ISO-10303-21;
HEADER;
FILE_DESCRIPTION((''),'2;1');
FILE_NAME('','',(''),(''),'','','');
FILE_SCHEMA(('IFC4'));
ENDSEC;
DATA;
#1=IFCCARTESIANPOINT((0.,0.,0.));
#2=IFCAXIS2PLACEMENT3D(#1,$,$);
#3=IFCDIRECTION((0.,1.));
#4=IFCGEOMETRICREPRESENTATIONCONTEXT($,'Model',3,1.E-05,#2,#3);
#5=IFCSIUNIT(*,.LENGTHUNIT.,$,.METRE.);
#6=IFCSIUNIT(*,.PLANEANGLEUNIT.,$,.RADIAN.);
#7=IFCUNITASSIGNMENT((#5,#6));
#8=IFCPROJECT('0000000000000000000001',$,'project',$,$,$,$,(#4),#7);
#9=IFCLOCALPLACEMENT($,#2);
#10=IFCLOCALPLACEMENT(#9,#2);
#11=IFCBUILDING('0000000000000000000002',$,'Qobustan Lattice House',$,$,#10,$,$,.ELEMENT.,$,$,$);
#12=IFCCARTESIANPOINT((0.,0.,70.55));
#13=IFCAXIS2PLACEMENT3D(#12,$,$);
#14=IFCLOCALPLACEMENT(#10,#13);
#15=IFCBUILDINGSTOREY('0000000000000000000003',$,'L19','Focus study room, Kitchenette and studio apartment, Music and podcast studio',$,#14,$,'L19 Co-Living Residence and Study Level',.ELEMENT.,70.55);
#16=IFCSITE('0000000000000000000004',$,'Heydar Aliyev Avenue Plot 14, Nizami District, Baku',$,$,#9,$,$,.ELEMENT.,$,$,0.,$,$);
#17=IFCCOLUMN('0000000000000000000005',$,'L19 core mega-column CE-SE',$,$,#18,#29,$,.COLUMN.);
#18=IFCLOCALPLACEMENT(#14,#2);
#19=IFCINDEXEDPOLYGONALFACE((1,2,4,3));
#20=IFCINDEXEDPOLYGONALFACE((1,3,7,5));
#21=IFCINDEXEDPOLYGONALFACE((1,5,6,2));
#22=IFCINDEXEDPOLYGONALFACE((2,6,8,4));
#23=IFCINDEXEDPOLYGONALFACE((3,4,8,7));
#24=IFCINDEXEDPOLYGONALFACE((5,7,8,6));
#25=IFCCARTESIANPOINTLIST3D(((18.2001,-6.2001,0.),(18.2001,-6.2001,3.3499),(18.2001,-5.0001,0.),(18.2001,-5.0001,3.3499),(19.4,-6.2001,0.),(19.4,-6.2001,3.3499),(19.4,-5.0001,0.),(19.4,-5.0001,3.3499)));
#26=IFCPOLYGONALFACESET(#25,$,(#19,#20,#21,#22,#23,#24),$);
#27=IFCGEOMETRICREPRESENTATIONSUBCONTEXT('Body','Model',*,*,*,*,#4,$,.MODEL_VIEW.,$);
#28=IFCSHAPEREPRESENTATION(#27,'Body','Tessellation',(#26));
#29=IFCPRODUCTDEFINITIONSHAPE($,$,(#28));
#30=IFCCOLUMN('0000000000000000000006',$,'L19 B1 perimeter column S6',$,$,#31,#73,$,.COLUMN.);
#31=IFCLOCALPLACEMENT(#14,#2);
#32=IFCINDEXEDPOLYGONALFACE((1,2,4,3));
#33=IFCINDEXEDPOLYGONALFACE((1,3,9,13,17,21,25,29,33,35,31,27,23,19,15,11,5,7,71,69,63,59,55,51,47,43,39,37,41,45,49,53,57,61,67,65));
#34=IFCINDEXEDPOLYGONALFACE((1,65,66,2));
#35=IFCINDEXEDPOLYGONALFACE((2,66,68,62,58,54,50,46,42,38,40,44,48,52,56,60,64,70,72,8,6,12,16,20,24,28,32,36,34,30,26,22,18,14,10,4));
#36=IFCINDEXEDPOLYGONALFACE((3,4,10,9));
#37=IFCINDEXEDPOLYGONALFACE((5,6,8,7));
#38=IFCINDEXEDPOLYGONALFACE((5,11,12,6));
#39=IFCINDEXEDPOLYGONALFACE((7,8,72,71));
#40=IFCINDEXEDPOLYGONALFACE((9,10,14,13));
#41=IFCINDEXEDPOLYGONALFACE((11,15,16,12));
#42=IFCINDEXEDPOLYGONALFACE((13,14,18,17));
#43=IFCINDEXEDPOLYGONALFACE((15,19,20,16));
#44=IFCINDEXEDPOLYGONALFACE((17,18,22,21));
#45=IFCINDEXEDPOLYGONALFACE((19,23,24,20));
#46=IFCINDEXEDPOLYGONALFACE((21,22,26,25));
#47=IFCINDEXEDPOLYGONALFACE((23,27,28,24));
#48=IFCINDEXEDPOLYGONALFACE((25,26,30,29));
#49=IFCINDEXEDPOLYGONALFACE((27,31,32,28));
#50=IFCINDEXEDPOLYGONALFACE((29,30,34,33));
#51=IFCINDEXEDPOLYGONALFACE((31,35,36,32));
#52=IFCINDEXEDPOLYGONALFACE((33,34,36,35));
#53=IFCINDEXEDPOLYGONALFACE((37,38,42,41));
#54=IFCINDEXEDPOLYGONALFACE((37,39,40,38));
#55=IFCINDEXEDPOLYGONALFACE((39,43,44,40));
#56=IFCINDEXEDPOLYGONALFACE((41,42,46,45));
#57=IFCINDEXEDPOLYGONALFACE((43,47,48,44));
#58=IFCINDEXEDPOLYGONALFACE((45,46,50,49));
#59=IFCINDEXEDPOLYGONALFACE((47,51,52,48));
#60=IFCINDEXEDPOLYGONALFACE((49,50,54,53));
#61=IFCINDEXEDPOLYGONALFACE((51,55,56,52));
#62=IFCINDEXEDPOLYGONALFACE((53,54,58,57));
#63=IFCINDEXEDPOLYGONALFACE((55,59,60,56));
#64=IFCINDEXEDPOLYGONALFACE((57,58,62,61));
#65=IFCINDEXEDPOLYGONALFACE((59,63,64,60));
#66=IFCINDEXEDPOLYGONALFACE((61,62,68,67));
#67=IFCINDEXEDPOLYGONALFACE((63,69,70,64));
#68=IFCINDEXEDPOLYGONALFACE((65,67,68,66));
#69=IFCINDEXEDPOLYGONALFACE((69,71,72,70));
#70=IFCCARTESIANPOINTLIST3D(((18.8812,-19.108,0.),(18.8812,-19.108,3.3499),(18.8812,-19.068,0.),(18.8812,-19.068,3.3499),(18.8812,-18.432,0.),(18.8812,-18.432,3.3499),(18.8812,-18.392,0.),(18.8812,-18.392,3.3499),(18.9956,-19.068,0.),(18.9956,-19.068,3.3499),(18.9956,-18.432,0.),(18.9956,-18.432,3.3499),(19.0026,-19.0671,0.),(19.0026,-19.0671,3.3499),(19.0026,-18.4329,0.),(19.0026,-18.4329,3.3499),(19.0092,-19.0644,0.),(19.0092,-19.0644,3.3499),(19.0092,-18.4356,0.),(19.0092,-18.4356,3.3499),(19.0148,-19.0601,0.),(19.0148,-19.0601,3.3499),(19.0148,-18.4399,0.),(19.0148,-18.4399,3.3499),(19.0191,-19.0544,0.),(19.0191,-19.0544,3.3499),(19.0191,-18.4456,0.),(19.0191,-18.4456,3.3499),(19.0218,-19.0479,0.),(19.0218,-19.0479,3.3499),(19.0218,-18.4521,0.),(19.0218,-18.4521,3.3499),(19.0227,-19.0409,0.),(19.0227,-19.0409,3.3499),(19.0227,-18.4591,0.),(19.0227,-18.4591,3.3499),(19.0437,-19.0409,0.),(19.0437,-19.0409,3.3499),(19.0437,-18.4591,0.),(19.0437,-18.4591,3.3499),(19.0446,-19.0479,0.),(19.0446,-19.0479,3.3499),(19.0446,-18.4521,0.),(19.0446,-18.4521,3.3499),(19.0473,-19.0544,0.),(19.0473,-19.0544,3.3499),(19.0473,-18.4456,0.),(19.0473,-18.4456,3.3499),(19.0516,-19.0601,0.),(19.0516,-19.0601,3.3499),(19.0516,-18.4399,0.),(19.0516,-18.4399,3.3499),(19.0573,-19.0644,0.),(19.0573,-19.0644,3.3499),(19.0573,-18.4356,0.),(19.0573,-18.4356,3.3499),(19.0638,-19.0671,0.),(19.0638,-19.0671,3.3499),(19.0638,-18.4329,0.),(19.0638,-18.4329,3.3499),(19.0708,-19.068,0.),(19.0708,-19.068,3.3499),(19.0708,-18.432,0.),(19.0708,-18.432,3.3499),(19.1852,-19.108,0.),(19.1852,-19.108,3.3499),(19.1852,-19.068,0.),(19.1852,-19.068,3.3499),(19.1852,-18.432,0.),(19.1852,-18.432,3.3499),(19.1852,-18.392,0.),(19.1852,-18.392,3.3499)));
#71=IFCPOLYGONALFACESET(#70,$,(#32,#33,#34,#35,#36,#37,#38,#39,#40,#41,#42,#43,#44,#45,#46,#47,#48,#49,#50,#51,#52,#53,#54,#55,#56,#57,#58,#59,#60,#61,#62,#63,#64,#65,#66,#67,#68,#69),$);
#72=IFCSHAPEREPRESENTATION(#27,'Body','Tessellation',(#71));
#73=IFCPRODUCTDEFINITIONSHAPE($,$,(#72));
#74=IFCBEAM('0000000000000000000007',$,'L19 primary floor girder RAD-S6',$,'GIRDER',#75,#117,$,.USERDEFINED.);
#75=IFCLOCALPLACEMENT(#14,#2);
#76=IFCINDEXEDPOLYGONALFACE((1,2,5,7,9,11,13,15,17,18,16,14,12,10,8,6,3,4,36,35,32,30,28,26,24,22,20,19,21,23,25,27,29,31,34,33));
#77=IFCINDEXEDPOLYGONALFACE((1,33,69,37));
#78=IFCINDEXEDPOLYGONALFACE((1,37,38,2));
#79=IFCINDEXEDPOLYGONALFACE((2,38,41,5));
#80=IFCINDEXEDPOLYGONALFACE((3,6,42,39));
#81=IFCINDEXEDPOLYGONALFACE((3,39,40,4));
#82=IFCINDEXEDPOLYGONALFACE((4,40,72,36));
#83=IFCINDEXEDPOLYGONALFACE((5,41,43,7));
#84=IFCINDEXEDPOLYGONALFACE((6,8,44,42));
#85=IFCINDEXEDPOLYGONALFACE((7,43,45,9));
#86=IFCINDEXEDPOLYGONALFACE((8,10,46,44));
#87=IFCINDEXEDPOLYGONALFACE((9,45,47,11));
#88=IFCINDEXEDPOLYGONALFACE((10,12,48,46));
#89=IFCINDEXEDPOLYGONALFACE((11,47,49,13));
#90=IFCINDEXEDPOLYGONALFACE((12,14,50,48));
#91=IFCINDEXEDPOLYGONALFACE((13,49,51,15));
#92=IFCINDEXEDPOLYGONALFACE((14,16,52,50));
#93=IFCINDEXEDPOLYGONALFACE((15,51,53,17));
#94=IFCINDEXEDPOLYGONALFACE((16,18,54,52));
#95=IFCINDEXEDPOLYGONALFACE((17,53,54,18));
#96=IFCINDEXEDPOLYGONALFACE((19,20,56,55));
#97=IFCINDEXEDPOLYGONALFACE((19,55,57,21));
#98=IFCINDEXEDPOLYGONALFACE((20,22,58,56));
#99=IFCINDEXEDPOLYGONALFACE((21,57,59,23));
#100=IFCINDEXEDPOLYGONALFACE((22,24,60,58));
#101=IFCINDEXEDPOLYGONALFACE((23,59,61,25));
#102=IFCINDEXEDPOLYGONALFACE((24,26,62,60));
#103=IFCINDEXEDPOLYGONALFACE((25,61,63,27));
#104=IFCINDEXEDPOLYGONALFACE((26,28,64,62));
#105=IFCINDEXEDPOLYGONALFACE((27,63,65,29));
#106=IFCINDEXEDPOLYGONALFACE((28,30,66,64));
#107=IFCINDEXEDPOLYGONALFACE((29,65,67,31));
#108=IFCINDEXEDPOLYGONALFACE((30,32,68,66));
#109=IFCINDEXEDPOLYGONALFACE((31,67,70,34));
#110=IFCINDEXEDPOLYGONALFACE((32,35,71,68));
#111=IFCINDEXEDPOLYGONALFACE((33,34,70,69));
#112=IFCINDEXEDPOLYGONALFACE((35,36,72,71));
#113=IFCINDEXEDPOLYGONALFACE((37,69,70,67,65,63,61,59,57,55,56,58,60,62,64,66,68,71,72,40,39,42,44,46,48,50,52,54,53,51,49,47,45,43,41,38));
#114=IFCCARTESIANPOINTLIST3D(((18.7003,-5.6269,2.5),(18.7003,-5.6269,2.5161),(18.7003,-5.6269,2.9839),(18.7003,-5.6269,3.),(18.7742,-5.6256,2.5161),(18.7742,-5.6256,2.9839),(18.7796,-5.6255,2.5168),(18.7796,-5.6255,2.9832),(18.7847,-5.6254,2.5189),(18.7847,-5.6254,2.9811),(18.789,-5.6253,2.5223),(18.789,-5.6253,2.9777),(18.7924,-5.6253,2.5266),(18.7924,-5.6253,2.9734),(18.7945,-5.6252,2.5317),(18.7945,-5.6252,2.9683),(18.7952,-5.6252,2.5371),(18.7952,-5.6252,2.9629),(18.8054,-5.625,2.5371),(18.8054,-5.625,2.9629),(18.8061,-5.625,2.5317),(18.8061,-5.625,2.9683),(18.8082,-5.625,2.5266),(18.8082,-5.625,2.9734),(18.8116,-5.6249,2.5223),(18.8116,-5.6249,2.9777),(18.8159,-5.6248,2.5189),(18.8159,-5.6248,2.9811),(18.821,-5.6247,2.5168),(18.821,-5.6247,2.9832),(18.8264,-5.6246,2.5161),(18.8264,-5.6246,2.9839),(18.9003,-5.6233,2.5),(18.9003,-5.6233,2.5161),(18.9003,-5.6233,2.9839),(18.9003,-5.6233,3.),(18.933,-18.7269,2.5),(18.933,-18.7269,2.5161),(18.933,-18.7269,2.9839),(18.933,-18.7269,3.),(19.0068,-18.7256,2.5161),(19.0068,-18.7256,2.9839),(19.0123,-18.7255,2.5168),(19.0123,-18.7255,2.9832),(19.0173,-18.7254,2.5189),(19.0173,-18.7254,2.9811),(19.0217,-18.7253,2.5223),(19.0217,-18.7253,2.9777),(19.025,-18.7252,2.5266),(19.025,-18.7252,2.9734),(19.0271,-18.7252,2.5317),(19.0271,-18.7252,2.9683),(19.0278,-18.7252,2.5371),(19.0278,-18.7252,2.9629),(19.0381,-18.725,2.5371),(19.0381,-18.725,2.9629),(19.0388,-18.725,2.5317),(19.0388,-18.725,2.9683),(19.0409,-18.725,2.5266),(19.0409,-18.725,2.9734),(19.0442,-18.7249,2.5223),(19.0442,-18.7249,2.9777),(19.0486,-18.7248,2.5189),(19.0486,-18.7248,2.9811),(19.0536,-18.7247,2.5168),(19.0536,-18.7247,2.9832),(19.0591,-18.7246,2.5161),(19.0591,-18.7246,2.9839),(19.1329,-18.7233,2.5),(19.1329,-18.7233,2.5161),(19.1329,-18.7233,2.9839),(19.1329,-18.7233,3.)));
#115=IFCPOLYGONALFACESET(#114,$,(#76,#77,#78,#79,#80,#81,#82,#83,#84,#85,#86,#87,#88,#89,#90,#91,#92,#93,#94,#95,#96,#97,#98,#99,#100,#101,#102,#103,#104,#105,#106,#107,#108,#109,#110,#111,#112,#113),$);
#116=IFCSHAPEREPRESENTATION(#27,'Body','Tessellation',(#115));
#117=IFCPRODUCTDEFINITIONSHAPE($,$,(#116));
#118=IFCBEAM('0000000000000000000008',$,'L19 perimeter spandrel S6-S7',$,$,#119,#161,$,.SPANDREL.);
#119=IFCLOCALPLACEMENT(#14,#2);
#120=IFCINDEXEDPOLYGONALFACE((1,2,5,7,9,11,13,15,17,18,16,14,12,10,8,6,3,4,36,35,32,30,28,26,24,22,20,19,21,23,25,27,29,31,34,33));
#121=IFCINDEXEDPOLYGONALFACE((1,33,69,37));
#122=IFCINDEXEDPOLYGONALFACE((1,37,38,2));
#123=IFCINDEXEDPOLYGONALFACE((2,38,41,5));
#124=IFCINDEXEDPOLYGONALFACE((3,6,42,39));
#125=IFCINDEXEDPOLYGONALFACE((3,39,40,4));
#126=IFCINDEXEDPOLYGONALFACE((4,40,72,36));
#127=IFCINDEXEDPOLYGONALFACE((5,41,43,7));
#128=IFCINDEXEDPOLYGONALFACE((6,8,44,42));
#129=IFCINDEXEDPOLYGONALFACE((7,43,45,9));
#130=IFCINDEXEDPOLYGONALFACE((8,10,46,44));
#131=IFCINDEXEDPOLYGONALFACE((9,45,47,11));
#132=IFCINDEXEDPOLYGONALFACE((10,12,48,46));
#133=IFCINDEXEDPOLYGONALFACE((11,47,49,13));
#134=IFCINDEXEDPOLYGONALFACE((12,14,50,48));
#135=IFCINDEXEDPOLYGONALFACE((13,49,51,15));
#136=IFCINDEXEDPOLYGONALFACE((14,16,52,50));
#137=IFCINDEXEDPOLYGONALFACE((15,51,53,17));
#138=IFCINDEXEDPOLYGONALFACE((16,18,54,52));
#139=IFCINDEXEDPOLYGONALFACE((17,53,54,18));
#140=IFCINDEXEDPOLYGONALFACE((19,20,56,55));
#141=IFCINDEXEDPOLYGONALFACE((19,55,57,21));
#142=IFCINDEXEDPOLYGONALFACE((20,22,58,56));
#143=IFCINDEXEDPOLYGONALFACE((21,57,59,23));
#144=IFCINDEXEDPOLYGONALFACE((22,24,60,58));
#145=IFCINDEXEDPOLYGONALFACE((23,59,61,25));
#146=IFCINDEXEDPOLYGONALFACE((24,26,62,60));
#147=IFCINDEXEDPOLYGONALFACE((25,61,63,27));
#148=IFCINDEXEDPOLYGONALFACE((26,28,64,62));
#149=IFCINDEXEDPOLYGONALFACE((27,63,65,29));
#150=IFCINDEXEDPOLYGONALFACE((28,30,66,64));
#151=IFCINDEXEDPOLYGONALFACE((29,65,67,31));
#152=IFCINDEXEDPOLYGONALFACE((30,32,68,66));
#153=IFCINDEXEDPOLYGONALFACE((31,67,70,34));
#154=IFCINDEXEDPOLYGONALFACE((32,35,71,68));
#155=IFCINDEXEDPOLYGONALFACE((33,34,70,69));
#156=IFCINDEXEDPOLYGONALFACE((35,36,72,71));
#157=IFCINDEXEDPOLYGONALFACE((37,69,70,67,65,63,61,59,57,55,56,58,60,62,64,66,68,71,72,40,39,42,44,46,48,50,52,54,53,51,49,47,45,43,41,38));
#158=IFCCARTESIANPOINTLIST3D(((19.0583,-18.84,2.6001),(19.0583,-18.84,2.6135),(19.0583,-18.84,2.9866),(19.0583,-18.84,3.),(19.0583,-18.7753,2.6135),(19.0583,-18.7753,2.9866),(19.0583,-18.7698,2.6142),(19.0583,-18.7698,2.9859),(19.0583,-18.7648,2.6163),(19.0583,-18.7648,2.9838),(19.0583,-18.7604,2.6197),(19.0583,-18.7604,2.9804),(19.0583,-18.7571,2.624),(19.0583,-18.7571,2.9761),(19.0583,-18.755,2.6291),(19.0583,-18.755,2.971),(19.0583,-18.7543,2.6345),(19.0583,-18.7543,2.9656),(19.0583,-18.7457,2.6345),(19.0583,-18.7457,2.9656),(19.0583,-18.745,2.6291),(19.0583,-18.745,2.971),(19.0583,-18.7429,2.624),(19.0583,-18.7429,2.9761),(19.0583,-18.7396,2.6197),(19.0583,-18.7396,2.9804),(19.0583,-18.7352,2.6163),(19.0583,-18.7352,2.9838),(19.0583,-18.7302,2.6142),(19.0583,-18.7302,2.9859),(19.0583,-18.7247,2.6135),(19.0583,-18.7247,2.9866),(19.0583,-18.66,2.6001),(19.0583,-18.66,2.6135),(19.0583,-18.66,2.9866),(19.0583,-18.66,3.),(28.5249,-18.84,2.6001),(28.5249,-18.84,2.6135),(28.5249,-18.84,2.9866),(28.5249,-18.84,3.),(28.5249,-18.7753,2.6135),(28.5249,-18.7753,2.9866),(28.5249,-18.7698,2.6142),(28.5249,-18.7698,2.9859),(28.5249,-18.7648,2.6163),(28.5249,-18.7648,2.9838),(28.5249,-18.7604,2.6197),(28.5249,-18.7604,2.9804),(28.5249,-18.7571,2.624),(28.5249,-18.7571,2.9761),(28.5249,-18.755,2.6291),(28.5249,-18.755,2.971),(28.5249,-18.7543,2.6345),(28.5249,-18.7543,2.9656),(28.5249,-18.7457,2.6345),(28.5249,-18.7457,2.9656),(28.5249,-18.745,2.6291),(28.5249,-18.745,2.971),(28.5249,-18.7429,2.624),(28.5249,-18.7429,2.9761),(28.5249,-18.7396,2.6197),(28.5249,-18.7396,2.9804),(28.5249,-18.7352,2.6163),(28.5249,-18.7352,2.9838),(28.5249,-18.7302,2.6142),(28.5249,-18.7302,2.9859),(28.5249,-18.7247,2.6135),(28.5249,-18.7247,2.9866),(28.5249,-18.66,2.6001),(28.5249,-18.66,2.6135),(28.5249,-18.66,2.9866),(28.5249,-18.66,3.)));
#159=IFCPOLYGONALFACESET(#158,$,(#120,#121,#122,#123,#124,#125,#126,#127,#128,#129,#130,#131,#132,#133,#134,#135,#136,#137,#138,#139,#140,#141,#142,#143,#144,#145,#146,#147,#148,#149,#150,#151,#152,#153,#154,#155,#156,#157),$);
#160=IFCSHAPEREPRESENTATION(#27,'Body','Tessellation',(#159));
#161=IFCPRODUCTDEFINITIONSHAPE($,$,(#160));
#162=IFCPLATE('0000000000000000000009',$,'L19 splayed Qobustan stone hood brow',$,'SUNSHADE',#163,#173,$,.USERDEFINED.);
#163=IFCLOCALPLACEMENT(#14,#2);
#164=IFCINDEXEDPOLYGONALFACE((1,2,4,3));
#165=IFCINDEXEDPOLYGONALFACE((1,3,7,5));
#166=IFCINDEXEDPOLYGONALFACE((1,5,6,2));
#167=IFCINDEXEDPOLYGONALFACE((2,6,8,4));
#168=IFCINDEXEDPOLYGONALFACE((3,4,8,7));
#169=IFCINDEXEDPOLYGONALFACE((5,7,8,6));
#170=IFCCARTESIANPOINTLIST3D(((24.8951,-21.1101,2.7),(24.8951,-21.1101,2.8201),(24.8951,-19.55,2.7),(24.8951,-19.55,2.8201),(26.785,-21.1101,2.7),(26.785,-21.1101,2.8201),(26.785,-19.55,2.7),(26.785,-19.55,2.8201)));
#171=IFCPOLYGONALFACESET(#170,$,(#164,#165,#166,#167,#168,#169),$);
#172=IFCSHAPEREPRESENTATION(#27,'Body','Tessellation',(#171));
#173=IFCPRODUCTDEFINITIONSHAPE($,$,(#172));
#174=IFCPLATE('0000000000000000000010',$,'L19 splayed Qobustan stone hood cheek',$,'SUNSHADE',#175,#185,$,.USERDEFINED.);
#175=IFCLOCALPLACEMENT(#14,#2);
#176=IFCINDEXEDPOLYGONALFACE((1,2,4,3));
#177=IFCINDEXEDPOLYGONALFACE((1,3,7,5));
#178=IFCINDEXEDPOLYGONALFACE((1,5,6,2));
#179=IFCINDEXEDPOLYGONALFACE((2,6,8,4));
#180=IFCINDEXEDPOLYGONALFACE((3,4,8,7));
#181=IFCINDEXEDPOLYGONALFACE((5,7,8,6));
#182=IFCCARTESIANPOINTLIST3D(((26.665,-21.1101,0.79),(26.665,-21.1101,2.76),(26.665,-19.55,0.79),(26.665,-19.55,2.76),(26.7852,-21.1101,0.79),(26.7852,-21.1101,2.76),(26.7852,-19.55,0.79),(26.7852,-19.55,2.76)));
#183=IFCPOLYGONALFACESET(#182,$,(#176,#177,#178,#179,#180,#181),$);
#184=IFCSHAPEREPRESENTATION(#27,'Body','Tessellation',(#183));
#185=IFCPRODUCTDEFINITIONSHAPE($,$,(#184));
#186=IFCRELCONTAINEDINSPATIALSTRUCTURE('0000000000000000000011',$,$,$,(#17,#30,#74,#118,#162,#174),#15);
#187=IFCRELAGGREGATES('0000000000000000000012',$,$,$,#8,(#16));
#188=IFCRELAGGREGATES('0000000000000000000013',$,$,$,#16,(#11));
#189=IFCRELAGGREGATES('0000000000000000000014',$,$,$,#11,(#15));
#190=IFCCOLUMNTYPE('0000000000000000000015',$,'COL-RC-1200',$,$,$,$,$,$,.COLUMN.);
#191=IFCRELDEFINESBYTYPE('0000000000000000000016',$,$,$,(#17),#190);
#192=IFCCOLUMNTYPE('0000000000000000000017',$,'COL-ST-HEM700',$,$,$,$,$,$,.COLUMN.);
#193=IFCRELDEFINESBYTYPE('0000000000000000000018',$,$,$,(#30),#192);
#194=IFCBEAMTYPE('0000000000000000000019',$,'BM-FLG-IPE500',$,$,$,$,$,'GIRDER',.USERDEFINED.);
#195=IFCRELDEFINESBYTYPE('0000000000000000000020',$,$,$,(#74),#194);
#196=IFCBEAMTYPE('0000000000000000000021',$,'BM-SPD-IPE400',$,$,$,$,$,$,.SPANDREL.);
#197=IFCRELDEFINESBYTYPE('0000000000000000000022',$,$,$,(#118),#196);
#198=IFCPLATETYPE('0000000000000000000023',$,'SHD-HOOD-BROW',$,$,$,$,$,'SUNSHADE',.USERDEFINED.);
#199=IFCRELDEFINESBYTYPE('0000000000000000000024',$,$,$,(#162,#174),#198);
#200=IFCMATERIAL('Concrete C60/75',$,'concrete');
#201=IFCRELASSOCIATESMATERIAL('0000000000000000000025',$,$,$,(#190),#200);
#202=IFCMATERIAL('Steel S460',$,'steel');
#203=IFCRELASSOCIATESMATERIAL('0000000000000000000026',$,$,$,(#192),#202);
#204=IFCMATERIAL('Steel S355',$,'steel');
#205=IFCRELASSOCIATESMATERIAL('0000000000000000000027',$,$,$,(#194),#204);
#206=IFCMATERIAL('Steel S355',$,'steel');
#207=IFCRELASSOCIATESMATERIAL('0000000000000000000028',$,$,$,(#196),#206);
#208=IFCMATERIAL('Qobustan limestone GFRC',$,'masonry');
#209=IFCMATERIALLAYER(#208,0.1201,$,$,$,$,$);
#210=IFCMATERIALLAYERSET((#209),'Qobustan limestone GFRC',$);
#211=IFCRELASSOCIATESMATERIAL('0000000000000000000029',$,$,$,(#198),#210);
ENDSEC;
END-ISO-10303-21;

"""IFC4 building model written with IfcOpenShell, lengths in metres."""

from ifc_helpers import new_model, si_unit, direction, frame, origin, origin_2d, place, context, subcontext, project, spatial, rectangle, i_section, extrude, material, layer, layer_set, material_profile, profile_set, type_object, element, save


model = new_model("IFC4")

# Units and contexts
model_context = context("Model", 3, precision=1e-05, world=origin(), true_north=direction((0.0, 1.0)))
body_context = subcontext(model_context, "Body", "Model", "MODEL_VIEW")
ifc_project = project(units=[si_unit("LENGTHUNIT", "METRE"), si_unit("PLANEANGLEUNIT", "RADIAN")], contexts=[model_context])

# Site, building, storey
site_placement = place(None, origin())
site = spatial("IfcSite", under=ifc_project, at=site_placement, Name="Heydar Aliyev Avenue Plot 14, Nizami District, Baku", CompositionType="ELEMENT", RefElevation=0.0)
building_placement = place(site_placement, origin())
building = spatial("IfcBuilding", under=site, at=building_placement, Name="Qobustan Lattice House", CompositionType="ELEMENT")
storey_placement = place(building_placement, frame((0.0, 0.0, 70.55)))
storey = spatial("IfcBuildingStorey", under=building, at=storey_placement, Name="L19", Description="Focus study room, Kitchenette and studio apartment, Music and podcast studio", LongName="L19 Co-Living Residence and Study Level", CompositionType="ELEMENT", Elevation=70.55)

# Columns
ifc_material_1 = material(Name="Concrete C60/75", Category="concrete")
ifc_material_profile_1 = material_profile(ifc_material_1, rectangle(XDim=1.2, YDim=1.2, at=origin_2d()), Name="RC1200x1200")
ifc_profile_set_1 = profile_set([ifc_material_profile_1], Name="Concrete C60/75")
column_type_1 = type_object("IfcColumnType", Name="COL-RC-1200", PredefinedType="COLUMN", material=ifc_profile_set_1)
column_1_placement = place(storey_placement, frame((18.8, -5.6001, 0.0), z_axis=(0.0, 0.0, 1.0), x_axis=(1.0, 0.0, 0.0)))
element("IfcColumn", 1, at=column_1_placement, inside=storey, type_object=column_type_1, Name="L19 core mega-column CE-SE", PredefinedType="COLUMN", context=body_context, shape_type="SweptSolid", body=[
    extrude(rectangle(XDim=1.2, YDim=1.2, at=origin_2d()), origin(), (0.0, 0.0, 1.0), 3.3499),
])
ifc_material_2 = material(Name="Steel S460", Category="steel")
ifc_material_profile_2 = material_profile(ifc_material_2, i_section(OverallWidth=0.304, OverallDepth=0.7161, WebThickness=0.021, FlangeThickness=0.04, FilletRadius=0.0271, at=origin_2d()), Name="HEM700")
ifc_profile_set_2 = profile_set([ifc_material_profile_2], Name="Steel S460")
column_type_2 = type_object("IfcColumnType", Name="COL-ST-HEM700", PredefinedType="COLUMN", material=ifc_profile_set_2)
column_2_placement = place(storey_placement, frame((19.0332, -18.75, 0.0), z_axis=(0.0, 0.0, 1.0), x_axis=(1.0, 0.0, 0.0)))
element("IfcColumn", 2, at=column_2_placement, inside=storey, type_object=column_type_2, Name="L19 B1 perimeter column S6", PredefinedType="COLUMN", context=body_context, shape_type="SweptSolid", body=[
    extrude(i_section(OverallWidth=0.304, OverallDepth=0.7161, WebThickness=0.021, FlangeThickness=0.04, FilletRadius=0.0271, at=origin_2d()), origin(), (0.0, 0.0, 1.0), 3.3499),
])

# Beams
ifc_material_3 = material(Name="Steel S355", Category="steel")
ifc_material_profile_3 = material_profile(ifc_material_3, i_section(OverallWidth=0.2, OverallDepth=0.5, WebThickness=0.0103, FlangeThickness=0.0161, FilletRadius=0.021, at=origin_2d()), Name="IPE500")
ifc_profile_set_3 = profile_set([ifc_material_profile_3], Name="Steel S355")
beam_type_1 = type_object("IfcBeamType", Name="BM-FLG-IPE500", ElementType="GIRDER", PredefinedType="USERDEFINED", material=ifc_profile_set_3)
beam_1_placement = place(storey_placement, frame((19.033, -18.7251, 2.75), z_axis=(-0.017758, 0.999842, 0.0), x_axis=(-0.999842, -0.017758, 0.0)))
element("IfcBeam", 3, at=beam_1_placement, inside=storey, type_object=beam_type_1, Name="L19 primary floor girder RAD-S6", ObjectType="GIRDER", PredefinedType="USERDEFINED", context=body_context, shape_type="SweptSolid", body=[
    extrude(i_section(OverallWidth=0.2, OverallDepth=0.5, WebThickness=0.0103, FlangeThickness=0.0161, FilletRadius=0.021, at=origin_2d()), origin(), (0.0, 0.0, 1.0), 13.1021),
])
ifc_material_4 = material(Name="Steel S355", Category="steel")
ifc_material_profile_4 = material_profile(ifc_material_4, i_section(OverallWidth=0.1799, OverallDepth=0.3999, WebThickness=0.0085, FlangeThickness=0.0134, FilletRadius=0.021, at=origin_2d()), Name="IPE400")
ifc_profile_set_4 = profile_set([ifc_material_profile_4], Name="Steel S355")
beam_type_2 = type_object("IfcBeamType", Name="BM-SPD-IPE400", PredefinedType="SPANDREL", material=ifc_profile_set_4)
beam_2_placement = place(storey_placement, frame((19.0583, -18.75, 2.8), z_axis=(1.0, 0.0, 0.0), x_axis=(0.0, 1.0, 0.0)))
element("IfcBeam", 4, at=beam_2_placement, inside=storey, type_object=beam_type_2, Name="L19 perimeter spandrel S6-S7", PredefinedType="SPANDREL", context=body_context, shape_type="SweptSolid", body=[
    extrude(i_section(OverallWidth=0.1799, OverallDepth=0.3999, WebThickness=0.0085, FlangeThickness=0.0134, FilletRadius=0.021, at=origin_2d()), origin(), (0.0, 0.0, 1.0), 9.4666),
])

# Plates
ifc_material_5 = material(Name="Qobustan limestone GFRC", Category="masonry")
ifc_layer_1 = layer(ifc_material_5, 0.1201)
ifc_layer_set_1 = layer_set([ifc_layer_1], Name="Qobustan limestone GFRC")
plate_type = type_object("IfcPlateType", Name="SHD-HOOD-BROW", ElementType="SUNSHADE", PredefinedType="USERDEFINED", material=ifc_layer_set_1)
plate_1_placement = place(storey_placement, frame((25.8401, -20.3301, 2.7), z_axis=(0.0, 0.0, 1.0), x_axis=(-1.0, 0.0, 0.0)))
element("IfcPlate", 5, at=plate_1_placement, inside=storey, type_object=plate_type, Name="L19 splayed Qobustan stone hood brow", ObjectType="SUNSHADE", PredefinedType="USERDEFINED", context=body_context, shape_type="SweptSolid", body=[
    extrude(rectangle(XDim=1.8899, YDim=1.5601, at=origin_2d()), origin(), (0.0, 0.0, 1.0), 0.1201),
])
plate_2_placement = place(storey_placement, frame((26.7251, -20.3301, 0.79), z_axis=(0.0, 0.0, 1.0), x_axis=(-1.0, 0.0, 0.0)))
element("IfcPlate", 6, at=plate_2_placement, inside=storey, type_object=plate_type, Name="L19 splayed Qobustan stone hood cheek", ObjectType="SUNSHADE", PredefinedType="USERDEFINED", context=body_context, shape_type="SweptSolid", body=[
    extrude(rectangle(XDim=0.1201, YDim=1.5601, at=origin_2d()), origin(), (0.0, 0.0, 1.0), 1.97),
])

save(model, "model.ifc")
